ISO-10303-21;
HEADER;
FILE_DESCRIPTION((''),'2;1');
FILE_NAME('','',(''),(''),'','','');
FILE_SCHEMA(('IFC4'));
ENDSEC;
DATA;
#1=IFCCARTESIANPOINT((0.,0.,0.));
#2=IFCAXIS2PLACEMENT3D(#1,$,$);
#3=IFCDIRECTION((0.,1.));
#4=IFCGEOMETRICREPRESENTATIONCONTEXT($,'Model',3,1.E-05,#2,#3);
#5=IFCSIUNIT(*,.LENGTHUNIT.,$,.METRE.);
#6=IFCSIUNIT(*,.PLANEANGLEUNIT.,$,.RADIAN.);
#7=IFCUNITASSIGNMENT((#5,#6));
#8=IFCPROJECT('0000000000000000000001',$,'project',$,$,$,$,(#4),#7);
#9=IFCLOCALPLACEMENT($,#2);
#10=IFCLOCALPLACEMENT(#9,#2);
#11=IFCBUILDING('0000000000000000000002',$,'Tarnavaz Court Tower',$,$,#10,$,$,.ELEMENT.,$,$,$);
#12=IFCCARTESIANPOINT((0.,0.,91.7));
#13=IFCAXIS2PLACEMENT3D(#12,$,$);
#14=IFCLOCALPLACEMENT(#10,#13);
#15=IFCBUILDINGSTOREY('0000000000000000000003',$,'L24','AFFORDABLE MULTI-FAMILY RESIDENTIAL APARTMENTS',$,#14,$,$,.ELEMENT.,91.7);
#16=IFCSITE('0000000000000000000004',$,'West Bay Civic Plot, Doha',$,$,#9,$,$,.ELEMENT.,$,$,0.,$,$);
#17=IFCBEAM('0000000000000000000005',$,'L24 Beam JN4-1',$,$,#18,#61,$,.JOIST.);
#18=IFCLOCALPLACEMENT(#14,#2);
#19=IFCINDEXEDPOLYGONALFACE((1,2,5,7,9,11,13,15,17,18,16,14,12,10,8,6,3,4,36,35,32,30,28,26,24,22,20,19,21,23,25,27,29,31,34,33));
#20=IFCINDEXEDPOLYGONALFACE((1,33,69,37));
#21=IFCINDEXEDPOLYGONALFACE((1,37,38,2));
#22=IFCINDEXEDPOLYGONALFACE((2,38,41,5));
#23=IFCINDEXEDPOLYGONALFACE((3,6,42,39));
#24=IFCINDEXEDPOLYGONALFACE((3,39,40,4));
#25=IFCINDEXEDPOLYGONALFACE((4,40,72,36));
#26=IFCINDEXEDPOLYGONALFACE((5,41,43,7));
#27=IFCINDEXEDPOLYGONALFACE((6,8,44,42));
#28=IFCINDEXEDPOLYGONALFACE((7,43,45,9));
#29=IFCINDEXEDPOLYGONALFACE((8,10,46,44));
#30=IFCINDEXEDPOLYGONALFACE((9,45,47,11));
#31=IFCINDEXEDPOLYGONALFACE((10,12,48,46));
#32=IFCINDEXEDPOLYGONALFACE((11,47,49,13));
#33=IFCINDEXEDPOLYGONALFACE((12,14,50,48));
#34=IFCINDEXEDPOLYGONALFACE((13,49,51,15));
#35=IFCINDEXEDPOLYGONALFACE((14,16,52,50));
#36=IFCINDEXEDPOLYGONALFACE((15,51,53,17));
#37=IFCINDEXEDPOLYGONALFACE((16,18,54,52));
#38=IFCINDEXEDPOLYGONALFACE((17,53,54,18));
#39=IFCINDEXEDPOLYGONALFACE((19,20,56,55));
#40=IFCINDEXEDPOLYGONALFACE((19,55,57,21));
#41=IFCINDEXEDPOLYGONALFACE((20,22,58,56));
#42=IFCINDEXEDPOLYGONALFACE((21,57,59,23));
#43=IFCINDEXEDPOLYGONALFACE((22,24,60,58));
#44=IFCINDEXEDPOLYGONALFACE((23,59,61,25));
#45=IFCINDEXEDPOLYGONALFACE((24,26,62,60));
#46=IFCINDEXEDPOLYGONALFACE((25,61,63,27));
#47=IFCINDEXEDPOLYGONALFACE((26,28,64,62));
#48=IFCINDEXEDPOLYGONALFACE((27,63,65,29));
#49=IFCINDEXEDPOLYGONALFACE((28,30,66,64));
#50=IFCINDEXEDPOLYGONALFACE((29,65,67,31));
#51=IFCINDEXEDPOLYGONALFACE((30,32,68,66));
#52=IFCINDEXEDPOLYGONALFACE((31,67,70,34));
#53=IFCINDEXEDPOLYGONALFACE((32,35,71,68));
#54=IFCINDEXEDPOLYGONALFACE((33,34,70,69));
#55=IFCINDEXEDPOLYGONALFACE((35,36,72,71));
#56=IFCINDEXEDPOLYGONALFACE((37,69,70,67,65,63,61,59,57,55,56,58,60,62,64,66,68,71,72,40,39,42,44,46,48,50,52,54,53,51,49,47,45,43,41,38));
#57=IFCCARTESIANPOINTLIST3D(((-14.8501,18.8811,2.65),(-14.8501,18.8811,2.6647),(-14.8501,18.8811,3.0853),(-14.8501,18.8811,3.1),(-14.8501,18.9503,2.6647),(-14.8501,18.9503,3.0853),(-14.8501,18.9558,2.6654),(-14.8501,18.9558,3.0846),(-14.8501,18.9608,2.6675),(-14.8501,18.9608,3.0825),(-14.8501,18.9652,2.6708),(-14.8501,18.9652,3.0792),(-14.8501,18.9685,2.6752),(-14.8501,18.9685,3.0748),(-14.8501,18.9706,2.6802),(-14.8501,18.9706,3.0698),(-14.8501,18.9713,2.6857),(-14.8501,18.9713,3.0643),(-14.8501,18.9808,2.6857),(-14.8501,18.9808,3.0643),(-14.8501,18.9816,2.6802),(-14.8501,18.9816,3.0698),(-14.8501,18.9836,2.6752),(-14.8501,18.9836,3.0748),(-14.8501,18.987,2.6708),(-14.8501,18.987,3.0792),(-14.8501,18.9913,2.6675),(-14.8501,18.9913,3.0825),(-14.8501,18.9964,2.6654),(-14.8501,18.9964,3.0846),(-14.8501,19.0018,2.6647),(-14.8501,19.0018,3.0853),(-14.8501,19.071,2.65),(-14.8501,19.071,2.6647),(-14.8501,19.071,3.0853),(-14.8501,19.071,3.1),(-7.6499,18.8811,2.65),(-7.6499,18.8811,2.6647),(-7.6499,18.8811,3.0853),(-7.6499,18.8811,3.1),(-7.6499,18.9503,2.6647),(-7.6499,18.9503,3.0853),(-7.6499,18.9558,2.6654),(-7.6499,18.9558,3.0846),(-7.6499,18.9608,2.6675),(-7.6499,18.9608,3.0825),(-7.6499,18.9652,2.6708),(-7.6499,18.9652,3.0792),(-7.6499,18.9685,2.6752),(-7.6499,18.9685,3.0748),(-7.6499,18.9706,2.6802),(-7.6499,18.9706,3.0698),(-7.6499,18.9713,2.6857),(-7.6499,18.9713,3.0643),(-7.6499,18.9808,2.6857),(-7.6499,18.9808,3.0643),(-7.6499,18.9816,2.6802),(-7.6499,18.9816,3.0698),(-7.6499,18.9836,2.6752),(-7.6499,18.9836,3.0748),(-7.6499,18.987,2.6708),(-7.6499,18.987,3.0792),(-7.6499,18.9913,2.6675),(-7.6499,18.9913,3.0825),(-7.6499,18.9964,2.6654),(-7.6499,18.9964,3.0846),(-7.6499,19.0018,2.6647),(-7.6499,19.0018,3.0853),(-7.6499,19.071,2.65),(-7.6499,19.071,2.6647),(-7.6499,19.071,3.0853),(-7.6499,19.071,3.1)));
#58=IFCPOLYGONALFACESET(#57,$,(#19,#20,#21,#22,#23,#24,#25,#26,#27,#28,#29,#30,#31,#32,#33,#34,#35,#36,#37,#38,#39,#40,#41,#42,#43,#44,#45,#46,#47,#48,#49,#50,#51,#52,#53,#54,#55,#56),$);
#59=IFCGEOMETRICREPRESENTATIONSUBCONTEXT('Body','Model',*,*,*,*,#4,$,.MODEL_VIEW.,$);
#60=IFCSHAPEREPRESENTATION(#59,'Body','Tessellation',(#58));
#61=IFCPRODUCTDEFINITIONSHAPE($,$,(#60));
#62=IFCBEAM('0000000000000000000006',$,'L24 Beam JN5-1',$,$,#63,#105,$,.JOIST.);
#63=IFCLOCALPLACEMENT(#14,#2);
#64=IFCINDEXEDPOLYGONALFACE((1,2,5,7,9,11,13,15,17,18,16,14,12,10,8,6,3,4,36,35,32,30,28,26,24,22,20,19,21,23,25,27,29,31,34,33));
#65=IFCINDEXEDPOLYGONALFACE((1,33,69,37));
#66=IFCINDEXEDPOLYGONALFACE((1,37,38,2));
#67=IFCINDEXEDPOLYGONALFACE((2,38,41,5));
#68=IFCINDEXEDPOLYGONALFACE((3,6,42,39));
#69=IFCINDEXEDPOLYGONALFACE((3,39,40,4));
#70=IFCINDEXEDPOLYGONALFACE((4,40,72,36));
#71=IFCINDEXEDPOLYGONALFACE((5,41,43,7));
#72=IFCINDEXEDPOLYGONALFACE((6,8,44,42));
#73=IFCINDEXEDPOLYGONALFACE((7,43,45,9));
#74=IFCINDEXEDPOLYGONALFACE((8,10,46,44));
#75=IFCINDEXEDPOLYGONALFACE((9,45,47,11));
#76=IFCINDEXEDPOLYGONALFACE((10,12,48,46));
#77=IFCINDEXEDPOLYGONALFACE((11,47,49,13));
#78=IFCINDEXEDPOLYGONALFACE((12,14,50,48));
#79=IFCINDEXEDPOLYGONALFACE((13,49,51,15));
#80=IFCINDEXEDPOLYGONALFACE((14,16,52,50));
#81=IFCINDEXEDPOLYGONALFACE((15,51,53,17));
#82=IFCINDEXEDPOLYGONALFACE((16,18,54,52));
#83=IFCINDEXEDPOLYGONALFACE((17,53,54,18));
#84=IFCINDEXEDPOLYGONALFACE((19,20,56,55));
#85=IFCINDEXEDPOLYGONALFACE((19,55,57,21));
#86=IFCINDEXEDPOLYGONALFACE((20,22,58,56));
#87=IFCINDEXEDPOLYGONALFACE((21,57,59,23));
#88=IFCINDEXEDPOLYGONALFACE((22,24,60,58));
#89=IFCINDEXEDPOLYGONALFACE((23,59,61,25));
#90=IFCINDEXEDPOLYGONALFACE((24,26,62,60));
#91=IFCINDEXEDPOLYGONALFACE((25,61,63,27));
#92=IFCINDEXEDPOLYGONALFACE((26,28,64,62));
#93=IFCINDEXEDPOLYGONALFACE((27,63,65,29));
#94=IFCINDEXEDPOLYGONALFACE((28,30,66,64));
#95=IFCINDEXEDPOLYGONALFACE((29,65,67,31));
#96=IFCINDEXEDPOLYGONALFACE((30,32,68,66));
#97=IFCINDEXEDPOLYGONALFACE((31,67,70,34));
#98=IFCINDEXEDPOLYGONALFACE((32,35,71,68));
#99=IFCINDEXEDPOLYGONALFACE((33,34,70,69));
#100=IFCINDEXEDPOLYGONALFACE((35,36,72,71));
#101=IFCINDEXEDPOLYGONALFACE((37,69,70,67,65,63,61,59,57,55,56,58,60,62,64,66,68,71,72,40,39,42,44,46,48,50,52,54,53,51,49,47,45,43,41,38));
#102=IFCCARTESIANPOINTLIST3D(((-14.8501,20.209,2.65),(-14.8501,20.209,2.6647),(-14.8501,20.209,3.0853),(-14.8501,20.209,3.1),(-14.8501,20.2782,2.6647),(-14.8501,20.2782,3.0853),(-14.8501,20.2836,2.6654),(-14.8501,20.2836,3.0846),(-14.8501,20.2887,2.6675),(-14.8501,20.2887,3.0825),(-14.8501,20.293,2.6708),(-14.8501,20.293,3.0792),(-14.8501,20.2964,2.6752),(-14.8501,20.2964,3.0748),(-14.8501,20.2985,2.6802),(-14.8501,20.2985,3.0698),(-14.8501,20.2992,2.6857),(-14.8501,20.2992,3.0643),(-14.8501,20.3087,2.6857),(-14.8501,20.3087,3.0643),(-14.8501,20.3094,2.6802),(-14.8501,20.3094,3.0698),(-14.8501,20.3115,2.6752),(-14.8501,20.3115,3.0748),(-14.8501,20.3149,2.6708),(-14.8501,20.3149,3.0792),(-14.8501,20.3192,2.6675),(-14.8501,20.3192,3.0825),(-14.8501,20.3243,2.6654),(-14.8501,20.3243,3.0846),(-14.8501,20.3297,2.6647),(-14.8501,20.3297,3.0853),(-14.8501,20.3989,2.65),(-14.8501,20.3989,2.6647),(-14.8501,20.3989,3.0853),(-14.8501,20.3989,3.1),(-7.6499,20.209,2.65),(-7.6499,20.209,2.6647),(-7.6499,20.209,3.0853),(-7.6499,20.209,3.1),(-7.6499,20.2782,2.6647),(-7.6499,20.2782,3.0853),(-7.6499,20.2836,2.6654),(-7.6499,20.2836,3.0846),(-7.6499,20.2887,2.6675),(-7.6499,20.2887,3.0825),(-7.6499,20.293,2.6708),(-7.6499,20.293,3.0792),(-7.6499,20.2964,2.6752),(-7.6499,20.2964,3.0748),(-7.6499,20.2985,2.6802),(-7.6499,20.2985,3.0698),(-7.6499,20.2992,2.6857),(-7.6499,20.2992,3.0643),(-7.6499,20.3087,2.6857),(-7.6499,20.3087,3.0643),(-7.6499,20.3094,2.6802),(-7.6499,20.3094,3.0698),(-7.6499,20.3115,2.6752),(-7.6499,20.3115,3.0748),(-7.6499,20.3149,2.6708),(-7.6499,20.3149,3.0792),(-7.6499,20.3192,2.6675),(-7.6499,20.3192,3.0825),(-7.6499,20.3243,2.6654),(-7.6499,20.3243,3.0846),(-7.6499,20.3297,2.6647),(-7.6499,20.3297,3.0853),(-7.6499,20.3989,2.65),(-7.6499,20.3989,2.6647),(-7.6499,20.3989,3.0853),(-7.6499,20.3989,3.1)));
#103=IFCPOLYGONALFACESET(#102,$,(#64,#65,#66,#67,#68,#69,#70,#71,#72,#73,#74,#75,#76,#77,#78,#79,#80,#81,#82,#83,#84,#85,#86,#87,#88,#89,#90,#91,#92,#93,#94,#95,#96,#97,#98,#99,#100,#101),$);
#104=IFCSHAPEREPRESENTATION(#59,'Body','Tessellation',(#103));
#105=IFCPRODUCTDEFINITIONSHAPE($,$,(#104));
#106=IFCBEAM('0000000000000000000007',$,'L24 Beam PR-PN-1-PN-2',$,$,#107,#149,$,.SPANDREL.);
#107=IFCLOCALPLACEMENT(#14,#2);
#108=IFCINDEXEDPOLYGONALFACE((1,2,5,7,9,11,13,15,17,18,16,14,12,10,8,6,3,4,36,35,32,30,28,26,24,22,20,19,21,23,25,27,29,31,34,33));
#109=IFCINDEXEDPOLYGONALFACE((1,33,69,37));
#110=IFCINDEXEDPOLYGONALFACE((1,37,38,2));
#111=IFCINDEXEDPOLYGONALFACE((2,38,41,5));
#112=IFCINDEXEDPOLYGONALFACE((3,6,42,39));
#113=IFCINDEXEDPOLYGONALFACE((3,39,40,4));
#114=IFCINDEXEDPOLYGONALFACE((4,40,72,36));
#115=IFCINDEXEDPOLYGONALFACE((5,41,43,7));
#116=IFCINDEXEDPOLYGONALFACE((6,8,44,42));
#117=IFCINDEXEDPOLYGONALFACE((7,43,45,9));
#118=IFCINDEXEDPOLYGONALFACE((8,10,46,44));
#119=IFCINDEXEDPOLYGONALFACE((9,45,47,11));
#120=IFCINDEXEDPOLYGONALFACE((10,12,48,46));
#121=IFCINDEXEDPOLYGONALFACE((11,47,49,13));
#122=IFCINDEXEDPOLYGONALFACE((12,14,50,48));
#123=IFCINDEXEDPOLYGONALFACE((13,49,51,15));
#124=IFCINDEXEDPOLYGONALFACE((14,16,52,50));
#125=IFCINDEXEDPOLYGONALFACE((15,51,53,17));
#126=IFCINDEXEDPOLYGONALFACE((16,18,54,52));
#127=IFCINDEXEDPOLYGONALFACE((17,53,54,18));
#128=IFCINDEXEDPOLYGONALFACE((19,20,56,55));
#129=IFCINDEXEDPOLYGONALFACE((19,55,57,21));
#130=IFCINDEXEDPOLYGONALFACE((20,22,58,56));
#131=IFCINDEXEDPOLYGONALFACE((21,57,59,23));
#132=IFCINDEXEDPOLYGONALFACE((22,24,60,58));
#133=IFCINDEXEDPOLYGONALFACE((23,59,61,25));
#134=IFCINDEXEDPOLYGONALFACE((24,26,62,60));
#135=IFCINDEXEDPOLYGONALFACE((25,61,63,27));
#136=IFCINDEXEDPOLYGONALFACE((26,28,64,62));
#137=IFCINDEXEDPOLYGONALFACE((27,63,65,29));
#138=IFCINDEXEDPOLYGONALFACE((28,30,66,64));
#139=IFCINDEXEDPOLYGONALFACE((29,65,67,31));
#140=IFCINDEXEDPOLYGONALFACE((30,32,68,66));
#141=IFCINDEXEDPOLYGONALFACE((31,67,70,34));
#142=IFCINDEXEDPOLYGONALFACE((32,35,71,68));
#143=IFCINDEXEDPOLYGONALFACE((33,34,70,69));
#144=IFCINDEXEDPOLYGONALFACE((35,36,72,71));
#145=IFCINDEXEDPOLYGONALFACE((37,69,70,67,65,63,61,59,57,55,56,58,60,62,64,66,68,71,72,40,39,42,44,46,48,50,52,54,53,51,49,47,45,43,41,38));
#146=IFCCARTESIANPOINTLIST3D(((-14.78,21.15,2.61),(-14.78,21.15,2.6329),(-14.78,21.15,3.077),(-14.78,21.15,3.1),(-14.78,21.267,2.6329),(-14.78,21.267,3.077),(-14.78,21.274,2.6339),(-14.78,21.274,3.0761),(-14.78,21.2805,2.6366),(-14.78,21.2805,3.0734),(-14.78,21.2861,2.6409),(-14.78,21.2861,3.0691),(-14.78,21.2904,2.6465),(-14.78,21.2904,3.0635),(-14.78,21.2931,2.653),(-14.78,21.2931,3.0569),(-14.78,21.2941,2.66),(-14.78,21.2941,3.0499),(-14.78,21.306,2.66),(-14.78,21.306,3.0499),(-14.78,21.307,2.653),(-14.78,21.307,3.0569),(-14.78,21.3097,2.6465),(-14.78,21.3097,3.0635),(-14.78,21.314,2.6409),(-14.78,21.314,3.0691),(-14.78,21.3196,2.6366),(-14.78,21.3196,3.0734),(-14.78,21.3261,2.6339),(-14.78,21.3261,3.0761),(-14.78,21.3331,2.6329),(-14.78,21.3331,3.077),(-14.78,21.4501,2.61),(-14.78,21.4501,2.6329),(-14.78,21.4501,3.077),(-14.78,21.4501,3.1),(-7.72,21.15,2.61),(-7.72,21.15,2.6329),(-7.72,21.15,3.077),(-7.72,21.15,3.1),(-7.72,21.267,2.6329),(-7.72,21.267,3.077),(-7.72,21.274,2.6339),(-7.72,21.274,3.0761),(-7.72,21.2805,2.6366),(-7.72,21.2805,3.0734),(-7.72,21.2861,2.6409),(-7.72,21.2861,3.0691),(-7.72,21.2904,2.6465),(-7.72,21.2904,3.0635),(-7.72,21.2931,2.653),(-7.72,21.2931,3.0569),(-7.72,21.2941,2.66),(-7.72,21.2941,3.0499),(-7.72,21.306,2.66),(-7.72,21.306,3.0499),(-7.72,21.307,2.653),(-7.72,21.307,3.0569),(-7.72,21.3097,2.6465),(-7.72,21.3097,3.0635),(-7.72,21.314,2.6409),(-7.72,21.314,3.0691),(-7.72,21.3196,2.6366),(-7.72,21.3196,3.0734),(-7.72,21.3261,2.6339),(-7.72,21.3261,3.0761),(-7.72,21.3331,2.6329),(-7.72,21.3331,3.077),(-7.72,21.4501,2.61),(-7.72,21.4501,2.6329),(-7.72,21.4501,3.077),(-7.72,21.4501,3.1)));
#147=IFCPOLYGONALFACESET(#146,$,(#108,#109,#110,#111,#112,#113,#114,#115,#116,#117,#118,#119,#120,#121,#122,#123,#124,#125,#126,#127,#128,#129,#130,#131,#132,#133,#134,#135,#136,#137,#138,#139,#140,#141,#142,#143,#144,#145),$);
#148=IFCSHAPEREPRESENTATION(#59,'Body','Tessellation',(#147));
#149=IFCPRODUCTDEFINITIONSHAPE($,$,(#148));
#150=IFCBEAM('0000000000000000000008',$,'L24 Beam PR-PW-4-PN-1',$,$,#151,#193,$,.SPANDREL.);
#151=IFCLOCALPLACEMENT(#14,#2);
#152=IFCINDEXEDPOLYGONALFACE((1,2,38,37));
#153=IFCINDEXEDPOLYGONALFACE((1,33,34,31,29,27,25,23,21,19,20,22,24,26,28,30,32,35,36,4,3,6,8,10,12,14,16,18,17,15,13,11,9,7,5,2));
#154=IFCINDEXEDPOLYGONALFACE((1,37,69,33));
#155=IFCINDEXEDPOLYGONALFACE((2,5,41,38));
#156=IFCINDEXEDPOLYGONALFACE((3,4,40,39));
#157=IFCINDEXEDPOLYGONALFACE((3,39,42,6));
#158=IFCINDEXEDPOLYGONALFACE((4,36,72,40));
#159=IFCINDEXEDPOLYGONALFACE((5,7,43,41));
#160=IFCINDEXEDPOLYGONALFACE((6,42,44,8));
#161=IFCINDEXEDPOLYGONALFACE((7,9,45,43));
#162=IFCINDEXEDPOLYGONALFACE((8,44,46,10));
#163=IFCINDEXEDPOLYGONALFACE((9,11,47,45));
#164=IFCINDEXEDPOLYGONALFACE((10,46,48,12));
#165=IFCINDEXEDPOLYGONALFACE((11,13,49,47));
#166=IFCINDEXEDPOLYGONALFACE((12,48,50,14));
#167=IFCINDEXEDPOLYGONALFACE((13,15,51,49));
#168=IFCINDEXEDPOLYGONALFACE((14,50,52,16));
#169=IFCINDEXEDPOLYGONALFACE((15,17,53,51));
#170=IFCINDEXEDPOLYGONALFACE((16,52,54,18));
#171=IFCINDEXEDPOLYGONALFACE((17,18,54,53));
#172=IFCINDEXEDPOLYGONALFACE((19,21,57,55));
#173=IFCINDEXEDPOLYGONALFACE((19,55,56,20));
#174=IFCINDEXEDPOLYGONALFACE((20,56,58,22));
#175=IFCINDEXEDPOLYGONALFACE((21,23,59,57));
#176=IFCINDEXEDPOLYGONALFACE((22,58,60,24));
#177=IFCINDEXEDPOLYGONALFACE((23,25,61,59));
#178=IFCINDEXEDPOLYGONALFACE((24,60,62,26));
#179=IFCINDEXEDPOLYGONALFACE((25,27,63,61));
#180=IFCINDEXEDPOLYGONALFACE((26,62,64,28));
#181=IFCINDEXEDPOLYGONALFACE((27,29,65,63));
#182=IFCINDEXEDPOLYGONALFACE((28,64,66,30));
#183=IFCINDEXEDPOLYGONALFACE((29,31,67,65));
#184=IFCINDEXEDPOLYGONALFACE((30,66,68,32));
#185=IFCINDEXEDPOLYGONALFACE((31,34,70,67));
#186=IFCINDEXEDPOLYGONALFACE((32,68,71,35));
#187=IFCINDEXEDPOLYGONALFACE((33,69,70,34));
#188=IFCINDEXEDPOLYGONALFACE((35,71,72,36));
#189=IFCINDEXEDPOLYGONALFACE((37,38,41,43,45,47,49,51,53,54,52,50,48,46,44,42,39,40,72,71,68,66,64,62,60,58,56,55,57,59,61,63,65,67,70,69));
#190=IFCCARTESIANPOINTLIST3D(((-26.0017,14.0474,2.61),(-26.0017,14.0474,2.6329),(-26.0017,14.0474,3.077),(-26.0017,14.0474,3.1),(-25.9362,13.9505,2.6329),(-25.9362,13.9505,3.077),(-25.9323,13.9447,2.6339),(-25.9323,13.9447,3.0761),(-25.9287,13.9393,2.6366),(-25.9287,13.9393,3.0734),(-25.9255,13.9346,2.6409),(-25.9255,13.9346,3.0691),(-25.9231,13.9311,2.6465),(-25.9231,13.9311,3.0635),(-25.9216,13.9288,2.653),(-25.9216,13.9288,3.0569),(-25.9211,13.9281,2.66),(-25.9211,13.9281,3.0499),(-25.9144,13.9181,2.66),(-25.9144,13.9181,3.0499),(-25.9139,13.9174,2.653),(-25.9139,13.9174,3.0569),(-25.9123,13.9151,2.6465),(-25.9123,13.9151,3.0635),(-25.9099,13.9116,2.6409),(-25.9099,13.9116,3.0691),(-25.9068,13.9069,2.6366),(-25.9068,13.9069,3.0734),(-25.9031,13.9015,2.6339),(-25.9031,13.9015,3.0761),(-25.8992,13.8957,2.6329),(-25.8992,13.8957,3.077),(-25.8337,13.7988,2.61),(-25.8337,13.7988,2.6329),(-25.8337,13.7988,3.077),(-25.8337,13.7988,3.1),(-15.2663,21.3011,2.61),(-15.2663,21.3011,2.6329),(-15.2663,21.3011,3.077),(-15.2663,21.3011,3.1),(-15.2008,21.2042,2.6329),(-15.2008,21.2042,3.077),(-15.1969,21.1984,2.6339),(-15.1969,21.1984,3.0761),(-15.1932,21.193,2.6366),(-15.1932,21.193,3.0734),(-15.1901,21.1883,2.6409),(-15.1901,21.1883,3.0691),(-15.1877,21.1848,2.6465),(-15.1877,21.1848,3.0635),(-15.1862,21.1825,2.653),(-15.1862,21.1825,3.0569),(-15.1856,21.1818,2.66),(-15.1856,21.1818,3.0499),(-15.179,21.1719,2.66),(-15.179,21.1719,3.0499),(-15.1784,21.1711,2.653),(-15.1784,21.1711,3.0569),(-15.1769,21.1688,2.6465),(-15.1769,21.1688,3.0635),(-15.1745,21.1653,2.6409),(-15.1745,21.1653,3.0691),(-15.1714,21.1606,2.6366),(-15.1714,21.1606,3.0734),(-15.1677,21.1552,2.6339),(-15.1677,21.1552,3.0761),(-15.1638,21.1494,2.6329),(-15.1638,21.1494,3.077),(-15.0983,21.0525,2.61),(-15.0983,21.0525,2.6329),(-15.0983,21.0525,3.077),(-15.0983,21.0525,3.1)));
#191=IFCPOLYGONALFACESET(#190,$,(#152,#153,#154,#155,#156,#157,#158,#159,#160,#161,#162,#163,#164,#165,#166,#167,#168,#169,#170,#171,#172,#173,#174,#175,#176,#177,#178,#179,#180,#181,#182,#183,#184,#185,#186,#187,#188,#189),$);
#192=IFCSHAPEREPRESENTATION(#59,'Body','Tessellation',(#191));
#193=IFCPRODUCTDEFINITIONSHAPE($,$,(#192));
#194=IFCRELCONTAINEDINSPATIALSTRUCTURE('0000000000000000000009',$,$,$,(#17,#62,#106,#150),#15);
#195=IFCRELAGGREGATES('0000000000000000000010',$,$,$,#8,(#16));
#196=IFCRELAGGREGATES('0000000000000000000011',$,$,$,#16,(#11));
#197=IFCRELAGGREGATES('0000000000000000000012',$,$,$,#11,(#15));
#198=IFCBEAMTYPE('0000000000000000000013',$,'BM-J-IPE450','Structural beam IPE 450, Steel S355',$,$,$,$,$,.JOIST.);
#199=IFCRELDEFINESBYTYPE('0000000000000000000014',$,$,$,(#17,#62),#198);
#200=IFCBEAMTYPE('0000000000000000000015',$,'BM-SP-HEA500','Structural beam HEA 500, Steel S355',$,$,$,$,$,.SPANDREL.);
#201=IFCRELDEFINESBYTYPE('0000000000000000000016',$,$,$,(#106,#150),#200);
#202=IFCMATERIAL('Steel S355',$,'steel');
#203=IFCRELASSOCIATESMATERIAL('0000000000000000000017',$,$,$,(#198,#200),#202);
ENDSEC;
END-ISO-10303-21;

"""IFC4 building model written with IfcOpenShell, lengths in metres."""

from ifc_helpers import new_model, si_unit, direction, frame, origin, origin_2d, place, context, subcontext, project, spatial, i_section, extrude, material, material_profile, profile_set, type_object, element, save


model = new_model("IFC4")

# Units and contexts
model_context = context("Model", 3, precision=1e-05, world=origin(), true_north=direction((0.0, 1.0)))
body_context = subcontext(model_context, "Body", "Model", "MODEL_VIEW")
ifc_project = project(units=[si_unit("LENGTHUNIT", "METRE"), si_unit("PLANEANGLEUNIT", "RADIAN")], contexts=[model_context])

# Site, building, storey
site_placement = place(None, origin())
site = spatial("IfcSite", under=ifc_project, at=site_placement, Name="West Bay Civic Plot, Doha", CompositionType="ELEMENT", RefElevation=0.0)
building_placement = place(site_placement, origin())
building = spatial("IfcBuilding", under=site, at=building_placement, Name="Tarnavaz Court Tower", CompositionType="ELEMENT")
storey_placement = place(building_placement, frame((0.0, 0.0, 91.7)))
storey = spatial("IfcBuildingStorey", under=building, at=storey_placement, Name="L24", Description="AFFORDABLE MULTI-FAMILY RESIDENTIAL APARTMENTS", CompositionType="ELEMENT", Elevation=91.7)

# Beams
ifc_material_1 = material(Name="Steel S355", Category="steel")
ifc_material_profile_1 = material_profile(ifc_material_1, i_section(OverallWidth=0.1899, OverallDepth=0.45, WebThickness=0.0095, FlangeThickness=0.0146, FilletRadius=0.021, at=origin_2d()), Name="IPE 450")
ifc_profile_set_1 = profile_set([ifc_material_profile_1], Name="Steel S355")
beam_type_1 = type_object("IfcBeamType", Name="BM-J-IPE450", Description="Structural beam IPE 450, Steel S355", PredefinedType="JOIST", material=ifc_profile_set_1)
for number, where, z_axis, x_axis, name in (
    (1, (-14.8501, 18.9761, 2.875), (1.0, 0.0, 0.0), (0.0, 1.0, 0.0), "L24 Beam JN4-1"),
    (2, (-14.8501, 20.304, 2.875), (1.0, 0.0, 0.0), (0.0, 1.0, 0.0), "L24 Beam JN5-1"),
):
    element("IfcBeam", number, at=place(storey_placement, frame(where, z_axis=z_axis, x_axis=x_axis)), inside=storey, type_object=beam_type_1, Name=name, PredefinedType="JOIST", context=body_context, shape_type="SweptSolid", body=[
        extrude(i_section(OverallWidth=0.1899, OverallDepth=0.45, WebThickness=0.0095, FlangeThickness=0.0146, FilletRadius=0.021, at=origin_2d()), origin(), (0.0, 0.0, 1.0), 7.2002),
    ])
ifc_material_profile_2 = material_profile(ifc_material_1, i_section(OverallWidth=0.3, OverallDepth=0.49, WebThickness=0.012, FlangeThickness=0.0229, FilletRadius=0.0271, at=origin_2d()), Name="HEA 500")
ifc_profile_set_2 = profile_set([ifc_material_profile_2], Name="Steel S355")
beam_type_2 = type_object("IfcBeamType", Name="BM-SP-HEA500", Description="Structural beam HEA 500, Steel S355", PredefinedType="SPANDREL", material=ifc_profile_set_2)
beam_1_placement = place(storey_placement, frame((-14.78, 21.3, 2.855), z_axis=(1.0, 0.0, 0.0), x_axis=(0.0, 1.0, 0.0)))
element("IfcBeam", 3, at=beam_1_placement, inside=storey, type_object=beam_type_2, Name="L24 Beam PR-PN-1-PN-2", PredefinedType="SPANDREL", context=body_context, shape_type="SweptSolid", body=[
    extrude(i_section(OverallWidth=0.3, OverallDepth=0.49, WebThickness=0.012, FlangeThickness=0.0229, FilletRadius=0.0271, at=origin_2d()), origin(), (0.0, 0.0, 1.0), 7.0601),
])
beam_2_placement = place(storey_placement, frame((-25.9177, 13.9231, 2.855), z_axis=(0.828587, 0.55986, 0.0), x_axis=(-0.55986, 0.828587, 0.0)))
element("IfcBeam", 4, at=beam_2_placement, inside=storey, type_object=beam_type_2, Name="L24 Beam PR-PW-4-PN-1", PredefinedType="SPANDREL", context=body_context, shape_type="SweptSolid", body=[
    extrude(i_section(OverallWidth=0.3, OverallDepth=0.49, WebThickness=0.012, FlangeThickness=0.0229, FilletRadius=0.0271, at=origin_2d()), origin(), (0.0, 0.0, 1.0), 12.9563),
])

save(model, "model.ifc")
